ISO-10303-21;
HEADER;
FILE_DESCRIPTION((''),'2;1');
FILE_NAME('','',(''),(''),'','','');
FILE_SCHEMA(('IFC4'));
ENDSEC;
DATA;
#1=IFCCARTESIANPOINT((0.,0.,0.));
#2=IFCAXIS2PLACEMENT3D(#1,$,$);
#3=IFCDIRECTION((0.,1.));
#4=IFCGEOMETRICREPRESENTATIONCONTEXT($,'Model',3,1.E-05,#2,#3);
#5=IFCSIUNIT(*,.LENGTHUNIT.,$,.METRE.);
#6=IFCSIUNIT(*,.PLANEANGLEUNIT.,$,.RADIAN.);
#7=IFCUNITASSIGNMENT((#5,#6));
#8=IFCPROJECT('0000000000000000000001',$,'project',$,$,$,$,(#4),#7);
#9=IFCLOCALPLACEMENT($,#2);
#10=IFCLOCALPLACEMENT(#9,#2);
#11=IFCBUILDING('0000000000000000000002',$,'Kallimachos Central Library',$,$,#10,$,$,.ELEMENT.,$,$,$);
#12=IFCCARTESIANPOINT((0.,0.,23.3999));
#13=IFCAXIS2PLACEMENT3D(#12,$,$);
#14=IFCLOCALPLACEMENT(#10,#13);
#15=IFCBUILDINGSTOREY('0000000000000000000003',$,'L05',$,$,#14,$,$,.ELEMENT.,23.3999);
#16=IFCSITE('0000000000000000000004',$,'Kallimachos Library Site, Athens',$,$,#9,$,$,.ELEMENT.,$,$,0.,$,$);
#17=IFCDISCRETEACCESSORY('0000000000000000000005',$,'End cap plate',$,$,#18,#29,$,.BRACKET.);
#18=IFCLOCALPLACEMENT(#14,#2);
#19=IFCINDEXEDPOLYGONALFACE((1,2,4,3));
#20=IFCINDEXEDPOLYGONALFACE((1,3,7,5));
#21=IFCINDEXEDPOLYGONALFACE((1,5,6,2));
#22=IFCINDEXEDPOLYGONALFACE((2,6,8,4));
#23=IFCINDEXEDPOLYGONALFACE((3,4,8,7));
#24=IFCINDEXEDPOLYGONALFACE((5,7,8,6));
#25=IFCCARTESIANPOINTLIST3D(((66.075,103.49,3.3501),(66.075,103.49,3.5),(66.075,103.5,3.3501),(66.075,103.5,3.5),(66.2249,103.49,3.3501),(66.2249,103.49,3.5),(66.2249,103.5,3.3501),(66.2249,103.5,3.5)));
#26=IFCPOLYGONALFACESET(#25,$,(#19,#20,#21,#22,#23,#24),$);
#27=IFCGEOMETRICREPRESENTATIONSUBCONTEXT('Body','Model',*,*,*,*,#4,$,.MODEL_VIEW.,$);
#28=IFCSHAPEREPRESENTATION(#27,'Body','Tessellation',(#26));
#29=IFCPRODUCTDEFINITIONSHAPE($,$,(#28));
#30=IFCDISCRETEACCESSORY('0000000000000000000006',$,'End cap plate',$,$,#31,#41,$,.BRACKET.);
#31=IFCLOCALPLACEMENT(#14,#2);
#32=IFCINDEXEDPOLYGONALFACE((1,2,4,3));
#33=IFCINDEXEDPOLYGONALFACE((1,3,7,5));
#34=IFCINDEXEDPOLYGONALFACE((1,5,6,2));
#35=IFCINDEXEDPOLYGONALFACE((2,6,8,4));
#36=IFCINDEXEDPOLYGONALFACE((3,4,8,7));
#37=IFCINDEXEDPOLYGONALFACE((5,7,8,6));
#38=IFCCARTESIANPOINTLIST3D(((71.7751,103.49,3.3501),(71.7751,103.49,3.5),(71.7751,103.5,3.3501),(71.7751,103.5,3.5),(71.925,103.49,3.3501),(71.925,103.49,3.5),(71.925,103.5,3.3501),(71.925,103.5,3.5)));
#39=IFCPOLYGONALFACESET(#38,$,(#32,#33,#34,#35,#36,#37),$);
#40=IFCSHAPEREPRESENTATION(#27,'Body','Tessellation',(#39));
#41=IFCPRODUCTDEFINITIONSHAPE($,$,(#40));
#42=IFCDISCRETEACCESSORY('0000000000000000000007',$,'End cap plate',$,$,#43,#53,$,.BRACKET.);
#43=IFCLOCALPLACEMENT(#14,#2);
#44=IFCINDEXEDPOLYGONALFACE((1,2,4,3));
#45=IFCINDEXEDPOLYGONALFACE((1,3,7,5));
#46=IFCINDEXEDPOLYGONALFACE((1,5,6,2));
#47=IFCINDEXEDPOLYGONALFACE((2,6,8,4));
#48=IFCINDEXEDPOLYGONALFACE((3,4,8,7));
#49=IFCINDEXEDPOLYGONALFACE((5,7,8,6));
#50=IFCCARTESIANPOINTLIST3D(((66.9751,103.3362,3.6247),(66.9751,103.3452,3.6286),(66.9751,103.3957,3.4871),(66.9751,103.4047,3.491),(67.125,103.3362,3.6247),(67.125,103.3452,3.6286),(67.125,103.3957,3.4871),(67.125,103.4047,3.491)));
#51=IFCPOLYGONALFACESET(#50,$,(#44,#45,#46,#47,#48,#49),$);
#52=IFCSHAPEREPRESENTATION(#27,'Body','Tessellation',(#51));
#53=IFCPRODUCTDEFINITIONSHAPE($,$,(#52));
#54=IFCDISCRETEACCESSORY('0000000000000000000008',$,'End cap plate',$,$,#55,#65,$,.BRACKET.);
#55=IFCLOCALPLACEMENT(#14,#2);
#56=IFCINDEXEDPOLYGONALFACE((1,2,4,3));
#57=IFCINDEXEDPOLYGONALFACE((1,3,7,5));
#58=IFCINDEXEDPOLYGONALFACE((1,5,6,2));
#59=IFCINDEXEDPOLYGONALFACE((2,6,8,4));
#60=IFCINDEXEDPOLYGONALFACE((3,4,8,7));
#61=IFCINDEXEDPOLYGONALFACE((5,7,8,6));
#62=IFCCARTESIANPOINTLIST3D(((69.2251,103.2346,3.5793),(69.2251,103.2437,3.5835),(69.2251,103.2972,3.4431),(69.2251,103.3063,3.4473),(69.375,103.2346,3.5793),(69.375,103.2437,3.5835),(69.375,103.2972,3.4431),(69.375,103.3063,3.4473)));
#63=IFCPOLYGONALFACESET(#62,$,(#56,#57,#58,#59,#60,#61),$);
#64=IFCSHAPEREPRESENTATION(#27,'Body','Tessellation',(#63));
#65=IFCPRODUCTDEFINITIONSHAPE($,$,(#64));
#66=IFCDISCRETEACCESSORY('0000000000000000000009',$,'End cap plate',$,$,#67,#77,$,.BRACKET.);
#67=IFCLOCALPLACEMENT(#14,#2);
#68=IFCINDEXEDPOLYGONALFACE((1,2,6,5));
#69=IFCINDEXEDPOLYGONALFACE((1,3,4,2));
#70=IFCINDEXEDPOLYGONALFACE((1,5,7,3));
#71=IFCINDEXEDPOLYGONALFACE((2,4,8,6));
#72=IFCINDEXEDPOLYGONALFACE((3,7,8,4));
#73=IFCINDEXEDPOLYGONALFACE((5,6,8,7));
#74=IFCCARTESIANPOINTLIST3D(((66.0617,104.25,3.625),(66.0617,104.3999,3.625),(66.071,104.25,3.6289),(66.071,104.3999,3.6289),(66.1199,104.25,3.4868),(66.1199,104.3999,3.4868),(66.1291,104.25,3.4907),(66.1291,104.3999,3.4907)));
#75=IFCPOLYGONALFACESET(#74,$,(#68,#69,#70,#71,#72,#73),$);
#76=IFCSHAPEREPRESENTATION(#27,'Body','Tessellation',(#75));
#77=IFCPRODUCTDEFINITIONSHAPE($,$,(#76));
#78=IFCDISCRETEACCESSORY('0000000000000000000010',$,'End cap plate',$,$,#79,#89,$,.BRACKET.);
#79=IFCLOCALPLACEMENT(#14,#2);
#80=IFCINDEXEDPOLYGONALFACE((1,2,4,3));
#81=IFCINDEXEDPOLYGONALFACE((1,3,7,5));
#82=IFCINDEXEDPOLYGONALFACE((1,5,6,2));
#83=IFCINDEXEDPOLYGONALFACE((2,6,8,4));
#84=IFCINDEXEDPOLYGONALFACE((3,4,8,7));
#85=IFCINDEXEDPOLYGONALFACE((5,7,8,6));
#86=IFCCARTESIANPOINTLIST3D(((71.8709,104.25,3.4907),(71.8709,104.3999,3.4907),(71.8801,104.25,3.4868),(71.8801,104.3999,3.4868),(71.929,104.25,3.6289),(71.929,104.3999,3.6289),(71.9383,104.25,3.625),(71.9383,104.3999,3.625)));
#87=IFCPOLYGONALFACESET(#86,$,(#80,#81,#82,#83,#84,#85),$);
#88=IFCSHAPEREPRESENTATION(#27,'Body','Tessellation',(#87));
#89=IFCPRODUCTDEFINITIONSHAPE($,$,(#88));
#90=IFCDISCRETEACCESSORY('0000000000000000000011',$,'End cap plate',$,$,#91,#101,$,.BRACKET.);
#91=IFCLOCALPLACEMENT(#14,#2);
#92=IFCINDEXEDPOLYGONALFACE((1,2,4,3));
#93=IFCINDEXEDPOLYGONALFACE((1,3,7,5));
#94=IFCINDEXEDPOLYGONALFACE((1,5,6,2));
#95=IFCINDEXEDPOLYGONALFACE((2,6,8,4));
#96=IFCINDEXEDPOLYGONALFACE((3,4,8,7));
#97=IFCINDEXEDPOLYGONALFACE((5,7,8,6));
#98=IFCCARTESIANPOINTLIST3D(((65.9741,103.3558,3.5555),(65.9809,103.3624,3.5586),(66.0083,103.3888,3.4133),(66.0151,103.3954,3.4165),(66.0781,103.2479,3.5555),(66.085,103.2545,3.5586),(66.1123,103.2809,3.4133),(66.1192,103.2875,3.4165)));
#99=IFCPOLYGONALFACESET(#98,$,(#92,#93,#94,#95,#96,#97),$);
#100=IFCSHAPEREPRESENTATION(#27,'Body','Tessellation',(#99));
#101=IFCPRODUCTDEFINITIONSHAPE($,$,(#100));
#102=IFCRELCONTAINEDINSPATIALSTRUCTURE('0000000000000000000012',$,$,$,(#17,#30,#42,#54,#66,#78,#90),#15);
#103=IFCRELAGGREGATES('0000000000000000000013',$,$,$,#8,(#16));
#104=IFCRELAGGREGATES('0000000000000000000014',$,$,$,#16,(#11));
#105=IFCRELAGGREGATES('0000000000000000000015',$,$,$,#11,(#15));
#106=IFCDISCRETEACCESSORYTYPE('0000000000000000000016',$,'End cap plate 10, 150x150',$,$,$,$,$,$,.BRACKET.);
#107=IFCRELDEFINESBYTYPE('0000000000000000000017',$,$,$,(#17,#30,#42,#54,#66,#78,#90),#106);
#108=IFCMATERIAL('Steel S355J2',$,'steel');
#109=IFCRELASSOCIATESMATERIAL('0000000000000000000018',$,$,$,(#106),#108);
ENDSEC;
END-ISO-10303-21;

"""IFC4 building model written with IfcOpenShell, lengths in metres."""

from ifc_helpers import new_model, si_unit, direction, frame, origin, origin_2d, place, context, subcontext, project, spatial, rectangle, extrude, material, material_profile, profile_set, type_object, element, save


model = new_model("IFC4")

# Units and contexts
model_context = context("Model", 3, precision=1e-05, world=origin(), true_north=direction((0.0, 1.0)))
body_context = subcontext(model_context, "Body", "Model", "MODEL_VIEW")
ifc_project = project(units=[si_unit("LENGTHUNIT", "METRE"), si_unit("PLANEANGLEUNIT", "RADIAN")], contexts=[model_context])

# Site, building, storey
site_placement = place(None, origin())
site = spatial("IfcSite", under=ifc_project, at=site_placement, Name="Kallimachos Library Site, Athens", CompositionType="ELEMENT", RefElevation=0.0)
building_placement = place(site_placement, origin())
building = spatial("IfcBuilding", under=site, at=building_placement, Name="Kallimachos Central Library", CompositionType="ELEMENT")
storey_placement = place(building_placement, frame((0.0, 0.0, 23.3999)))
storey = spatial("IfcBuildingStorey", under=building, at=storey_placement, Name="L05", CompositionType="ELEMENT", Elevation=23.3999)

# Discrete accessories
ifc_material_1 = material(Name="Steel S355J2", Category="steel")
ifc_material_profile_1 = material_profile(ifc_material_1, rectangle(XDim=0.1499, YDim=0.1499, at=origin_2d()), Name="End cap plate 10, 150x150")
ifc_profile_set_1 = profile_set([ifc_material_profile_1], Name="Steel S355J2")
discrete_accessory_type = type_object("IfcDiscreteAccessoryType", Name="End cap plate 10, 150x150", PredefinedType="BRACKET", material=ifc_profile_set_1)
for number, where, z_axis, x_axis, name in (
    (1, (66.1499, 103.49, 3.425), (0.0, 1.0, 0.0), (-1.0, 0.0, 0.0), "End cap plate"),
    (2, (71.8501, 103.49, 3.425), (0.0, 1.0, 0.0), (-1.0, 0.0, 0.0), "End cap plate"),
):
    element("IfcDiscreteAccessory", number, at=place(storey_placement, frame(where, z_axis=z_axis, x_axis=x_axis)), inside=storey, type_object=discrete_accessory_type, Name=name, PredefinedType="BRACKET", context=body_context, shape_type="SweptSolid", body=[
        extrude(rectangle(XDim=0.1499, YDim=0.1499, at=origin_2d()), origin(), (0.0, 0.0, 1.0), 0.01),
    ])
discrete_accessory_placement = place(storey_placement, frame((67.05, 103.366, 3.5559), z_axis=(0.0, 0.917857, 0.396911), x_axis=(-1.0, 0.0, 0.0)))
element("IfcDiscreteAccessory", 3, at=discrete_accessory_placement, inside=storey, type_object=discrete_accessory_type, Name="End cap plate", PredefinedType="BRACKET", context=body_context, shape_type="SweptSolid", body=[
    extrude(rectangle(XDim=0.1499, YDim=0.1499, at=origin_2d()), origin(), (0.0, 0.0, 1.0), 0.0098),
])
for number, where, z_axis, x_axis, name in (
    (4, (69.3, 103.2659, 3.5112), (0.0, 0.908677, 0.4175), (-1.0, 0.0, 0.0), "End cap plate"),
    (5, (66.0908, 104.325, 3.5559), (0.921635, 0.0, 0.388057), (0.0, 1.0, 0.0), "End cap plate"),
    (6, (71.9092, 104.325, 3.5559), (-0.921635, 0.0, 0.388057), (0.0, -1.0, 0.0), "End cap plate"),
    (7, (66.0432, 103.3184, 3.4844), (0.682724, 0.658341, 0.316979), (-0.694136, 0.719844, 0.0), "End cap plate"),
):
    element("IfcDiscreteAccessory", number, at=place(storey_placement, frame(where, z_axis=z_axis, x_axis=x_axis)), inside=storey, type_object=discrete_accessory_type, Name=name, PredefinedType="BRACKET", context=body_context, shape_type="SweptSolid", body=[
        extrude(rectangle(XDim=0.1499, YDim=0.1499, at=origin_2d()), origin(), (0.0, 0.0, 1.0), 0.01),
    ])

save(model, "model.ifc")
